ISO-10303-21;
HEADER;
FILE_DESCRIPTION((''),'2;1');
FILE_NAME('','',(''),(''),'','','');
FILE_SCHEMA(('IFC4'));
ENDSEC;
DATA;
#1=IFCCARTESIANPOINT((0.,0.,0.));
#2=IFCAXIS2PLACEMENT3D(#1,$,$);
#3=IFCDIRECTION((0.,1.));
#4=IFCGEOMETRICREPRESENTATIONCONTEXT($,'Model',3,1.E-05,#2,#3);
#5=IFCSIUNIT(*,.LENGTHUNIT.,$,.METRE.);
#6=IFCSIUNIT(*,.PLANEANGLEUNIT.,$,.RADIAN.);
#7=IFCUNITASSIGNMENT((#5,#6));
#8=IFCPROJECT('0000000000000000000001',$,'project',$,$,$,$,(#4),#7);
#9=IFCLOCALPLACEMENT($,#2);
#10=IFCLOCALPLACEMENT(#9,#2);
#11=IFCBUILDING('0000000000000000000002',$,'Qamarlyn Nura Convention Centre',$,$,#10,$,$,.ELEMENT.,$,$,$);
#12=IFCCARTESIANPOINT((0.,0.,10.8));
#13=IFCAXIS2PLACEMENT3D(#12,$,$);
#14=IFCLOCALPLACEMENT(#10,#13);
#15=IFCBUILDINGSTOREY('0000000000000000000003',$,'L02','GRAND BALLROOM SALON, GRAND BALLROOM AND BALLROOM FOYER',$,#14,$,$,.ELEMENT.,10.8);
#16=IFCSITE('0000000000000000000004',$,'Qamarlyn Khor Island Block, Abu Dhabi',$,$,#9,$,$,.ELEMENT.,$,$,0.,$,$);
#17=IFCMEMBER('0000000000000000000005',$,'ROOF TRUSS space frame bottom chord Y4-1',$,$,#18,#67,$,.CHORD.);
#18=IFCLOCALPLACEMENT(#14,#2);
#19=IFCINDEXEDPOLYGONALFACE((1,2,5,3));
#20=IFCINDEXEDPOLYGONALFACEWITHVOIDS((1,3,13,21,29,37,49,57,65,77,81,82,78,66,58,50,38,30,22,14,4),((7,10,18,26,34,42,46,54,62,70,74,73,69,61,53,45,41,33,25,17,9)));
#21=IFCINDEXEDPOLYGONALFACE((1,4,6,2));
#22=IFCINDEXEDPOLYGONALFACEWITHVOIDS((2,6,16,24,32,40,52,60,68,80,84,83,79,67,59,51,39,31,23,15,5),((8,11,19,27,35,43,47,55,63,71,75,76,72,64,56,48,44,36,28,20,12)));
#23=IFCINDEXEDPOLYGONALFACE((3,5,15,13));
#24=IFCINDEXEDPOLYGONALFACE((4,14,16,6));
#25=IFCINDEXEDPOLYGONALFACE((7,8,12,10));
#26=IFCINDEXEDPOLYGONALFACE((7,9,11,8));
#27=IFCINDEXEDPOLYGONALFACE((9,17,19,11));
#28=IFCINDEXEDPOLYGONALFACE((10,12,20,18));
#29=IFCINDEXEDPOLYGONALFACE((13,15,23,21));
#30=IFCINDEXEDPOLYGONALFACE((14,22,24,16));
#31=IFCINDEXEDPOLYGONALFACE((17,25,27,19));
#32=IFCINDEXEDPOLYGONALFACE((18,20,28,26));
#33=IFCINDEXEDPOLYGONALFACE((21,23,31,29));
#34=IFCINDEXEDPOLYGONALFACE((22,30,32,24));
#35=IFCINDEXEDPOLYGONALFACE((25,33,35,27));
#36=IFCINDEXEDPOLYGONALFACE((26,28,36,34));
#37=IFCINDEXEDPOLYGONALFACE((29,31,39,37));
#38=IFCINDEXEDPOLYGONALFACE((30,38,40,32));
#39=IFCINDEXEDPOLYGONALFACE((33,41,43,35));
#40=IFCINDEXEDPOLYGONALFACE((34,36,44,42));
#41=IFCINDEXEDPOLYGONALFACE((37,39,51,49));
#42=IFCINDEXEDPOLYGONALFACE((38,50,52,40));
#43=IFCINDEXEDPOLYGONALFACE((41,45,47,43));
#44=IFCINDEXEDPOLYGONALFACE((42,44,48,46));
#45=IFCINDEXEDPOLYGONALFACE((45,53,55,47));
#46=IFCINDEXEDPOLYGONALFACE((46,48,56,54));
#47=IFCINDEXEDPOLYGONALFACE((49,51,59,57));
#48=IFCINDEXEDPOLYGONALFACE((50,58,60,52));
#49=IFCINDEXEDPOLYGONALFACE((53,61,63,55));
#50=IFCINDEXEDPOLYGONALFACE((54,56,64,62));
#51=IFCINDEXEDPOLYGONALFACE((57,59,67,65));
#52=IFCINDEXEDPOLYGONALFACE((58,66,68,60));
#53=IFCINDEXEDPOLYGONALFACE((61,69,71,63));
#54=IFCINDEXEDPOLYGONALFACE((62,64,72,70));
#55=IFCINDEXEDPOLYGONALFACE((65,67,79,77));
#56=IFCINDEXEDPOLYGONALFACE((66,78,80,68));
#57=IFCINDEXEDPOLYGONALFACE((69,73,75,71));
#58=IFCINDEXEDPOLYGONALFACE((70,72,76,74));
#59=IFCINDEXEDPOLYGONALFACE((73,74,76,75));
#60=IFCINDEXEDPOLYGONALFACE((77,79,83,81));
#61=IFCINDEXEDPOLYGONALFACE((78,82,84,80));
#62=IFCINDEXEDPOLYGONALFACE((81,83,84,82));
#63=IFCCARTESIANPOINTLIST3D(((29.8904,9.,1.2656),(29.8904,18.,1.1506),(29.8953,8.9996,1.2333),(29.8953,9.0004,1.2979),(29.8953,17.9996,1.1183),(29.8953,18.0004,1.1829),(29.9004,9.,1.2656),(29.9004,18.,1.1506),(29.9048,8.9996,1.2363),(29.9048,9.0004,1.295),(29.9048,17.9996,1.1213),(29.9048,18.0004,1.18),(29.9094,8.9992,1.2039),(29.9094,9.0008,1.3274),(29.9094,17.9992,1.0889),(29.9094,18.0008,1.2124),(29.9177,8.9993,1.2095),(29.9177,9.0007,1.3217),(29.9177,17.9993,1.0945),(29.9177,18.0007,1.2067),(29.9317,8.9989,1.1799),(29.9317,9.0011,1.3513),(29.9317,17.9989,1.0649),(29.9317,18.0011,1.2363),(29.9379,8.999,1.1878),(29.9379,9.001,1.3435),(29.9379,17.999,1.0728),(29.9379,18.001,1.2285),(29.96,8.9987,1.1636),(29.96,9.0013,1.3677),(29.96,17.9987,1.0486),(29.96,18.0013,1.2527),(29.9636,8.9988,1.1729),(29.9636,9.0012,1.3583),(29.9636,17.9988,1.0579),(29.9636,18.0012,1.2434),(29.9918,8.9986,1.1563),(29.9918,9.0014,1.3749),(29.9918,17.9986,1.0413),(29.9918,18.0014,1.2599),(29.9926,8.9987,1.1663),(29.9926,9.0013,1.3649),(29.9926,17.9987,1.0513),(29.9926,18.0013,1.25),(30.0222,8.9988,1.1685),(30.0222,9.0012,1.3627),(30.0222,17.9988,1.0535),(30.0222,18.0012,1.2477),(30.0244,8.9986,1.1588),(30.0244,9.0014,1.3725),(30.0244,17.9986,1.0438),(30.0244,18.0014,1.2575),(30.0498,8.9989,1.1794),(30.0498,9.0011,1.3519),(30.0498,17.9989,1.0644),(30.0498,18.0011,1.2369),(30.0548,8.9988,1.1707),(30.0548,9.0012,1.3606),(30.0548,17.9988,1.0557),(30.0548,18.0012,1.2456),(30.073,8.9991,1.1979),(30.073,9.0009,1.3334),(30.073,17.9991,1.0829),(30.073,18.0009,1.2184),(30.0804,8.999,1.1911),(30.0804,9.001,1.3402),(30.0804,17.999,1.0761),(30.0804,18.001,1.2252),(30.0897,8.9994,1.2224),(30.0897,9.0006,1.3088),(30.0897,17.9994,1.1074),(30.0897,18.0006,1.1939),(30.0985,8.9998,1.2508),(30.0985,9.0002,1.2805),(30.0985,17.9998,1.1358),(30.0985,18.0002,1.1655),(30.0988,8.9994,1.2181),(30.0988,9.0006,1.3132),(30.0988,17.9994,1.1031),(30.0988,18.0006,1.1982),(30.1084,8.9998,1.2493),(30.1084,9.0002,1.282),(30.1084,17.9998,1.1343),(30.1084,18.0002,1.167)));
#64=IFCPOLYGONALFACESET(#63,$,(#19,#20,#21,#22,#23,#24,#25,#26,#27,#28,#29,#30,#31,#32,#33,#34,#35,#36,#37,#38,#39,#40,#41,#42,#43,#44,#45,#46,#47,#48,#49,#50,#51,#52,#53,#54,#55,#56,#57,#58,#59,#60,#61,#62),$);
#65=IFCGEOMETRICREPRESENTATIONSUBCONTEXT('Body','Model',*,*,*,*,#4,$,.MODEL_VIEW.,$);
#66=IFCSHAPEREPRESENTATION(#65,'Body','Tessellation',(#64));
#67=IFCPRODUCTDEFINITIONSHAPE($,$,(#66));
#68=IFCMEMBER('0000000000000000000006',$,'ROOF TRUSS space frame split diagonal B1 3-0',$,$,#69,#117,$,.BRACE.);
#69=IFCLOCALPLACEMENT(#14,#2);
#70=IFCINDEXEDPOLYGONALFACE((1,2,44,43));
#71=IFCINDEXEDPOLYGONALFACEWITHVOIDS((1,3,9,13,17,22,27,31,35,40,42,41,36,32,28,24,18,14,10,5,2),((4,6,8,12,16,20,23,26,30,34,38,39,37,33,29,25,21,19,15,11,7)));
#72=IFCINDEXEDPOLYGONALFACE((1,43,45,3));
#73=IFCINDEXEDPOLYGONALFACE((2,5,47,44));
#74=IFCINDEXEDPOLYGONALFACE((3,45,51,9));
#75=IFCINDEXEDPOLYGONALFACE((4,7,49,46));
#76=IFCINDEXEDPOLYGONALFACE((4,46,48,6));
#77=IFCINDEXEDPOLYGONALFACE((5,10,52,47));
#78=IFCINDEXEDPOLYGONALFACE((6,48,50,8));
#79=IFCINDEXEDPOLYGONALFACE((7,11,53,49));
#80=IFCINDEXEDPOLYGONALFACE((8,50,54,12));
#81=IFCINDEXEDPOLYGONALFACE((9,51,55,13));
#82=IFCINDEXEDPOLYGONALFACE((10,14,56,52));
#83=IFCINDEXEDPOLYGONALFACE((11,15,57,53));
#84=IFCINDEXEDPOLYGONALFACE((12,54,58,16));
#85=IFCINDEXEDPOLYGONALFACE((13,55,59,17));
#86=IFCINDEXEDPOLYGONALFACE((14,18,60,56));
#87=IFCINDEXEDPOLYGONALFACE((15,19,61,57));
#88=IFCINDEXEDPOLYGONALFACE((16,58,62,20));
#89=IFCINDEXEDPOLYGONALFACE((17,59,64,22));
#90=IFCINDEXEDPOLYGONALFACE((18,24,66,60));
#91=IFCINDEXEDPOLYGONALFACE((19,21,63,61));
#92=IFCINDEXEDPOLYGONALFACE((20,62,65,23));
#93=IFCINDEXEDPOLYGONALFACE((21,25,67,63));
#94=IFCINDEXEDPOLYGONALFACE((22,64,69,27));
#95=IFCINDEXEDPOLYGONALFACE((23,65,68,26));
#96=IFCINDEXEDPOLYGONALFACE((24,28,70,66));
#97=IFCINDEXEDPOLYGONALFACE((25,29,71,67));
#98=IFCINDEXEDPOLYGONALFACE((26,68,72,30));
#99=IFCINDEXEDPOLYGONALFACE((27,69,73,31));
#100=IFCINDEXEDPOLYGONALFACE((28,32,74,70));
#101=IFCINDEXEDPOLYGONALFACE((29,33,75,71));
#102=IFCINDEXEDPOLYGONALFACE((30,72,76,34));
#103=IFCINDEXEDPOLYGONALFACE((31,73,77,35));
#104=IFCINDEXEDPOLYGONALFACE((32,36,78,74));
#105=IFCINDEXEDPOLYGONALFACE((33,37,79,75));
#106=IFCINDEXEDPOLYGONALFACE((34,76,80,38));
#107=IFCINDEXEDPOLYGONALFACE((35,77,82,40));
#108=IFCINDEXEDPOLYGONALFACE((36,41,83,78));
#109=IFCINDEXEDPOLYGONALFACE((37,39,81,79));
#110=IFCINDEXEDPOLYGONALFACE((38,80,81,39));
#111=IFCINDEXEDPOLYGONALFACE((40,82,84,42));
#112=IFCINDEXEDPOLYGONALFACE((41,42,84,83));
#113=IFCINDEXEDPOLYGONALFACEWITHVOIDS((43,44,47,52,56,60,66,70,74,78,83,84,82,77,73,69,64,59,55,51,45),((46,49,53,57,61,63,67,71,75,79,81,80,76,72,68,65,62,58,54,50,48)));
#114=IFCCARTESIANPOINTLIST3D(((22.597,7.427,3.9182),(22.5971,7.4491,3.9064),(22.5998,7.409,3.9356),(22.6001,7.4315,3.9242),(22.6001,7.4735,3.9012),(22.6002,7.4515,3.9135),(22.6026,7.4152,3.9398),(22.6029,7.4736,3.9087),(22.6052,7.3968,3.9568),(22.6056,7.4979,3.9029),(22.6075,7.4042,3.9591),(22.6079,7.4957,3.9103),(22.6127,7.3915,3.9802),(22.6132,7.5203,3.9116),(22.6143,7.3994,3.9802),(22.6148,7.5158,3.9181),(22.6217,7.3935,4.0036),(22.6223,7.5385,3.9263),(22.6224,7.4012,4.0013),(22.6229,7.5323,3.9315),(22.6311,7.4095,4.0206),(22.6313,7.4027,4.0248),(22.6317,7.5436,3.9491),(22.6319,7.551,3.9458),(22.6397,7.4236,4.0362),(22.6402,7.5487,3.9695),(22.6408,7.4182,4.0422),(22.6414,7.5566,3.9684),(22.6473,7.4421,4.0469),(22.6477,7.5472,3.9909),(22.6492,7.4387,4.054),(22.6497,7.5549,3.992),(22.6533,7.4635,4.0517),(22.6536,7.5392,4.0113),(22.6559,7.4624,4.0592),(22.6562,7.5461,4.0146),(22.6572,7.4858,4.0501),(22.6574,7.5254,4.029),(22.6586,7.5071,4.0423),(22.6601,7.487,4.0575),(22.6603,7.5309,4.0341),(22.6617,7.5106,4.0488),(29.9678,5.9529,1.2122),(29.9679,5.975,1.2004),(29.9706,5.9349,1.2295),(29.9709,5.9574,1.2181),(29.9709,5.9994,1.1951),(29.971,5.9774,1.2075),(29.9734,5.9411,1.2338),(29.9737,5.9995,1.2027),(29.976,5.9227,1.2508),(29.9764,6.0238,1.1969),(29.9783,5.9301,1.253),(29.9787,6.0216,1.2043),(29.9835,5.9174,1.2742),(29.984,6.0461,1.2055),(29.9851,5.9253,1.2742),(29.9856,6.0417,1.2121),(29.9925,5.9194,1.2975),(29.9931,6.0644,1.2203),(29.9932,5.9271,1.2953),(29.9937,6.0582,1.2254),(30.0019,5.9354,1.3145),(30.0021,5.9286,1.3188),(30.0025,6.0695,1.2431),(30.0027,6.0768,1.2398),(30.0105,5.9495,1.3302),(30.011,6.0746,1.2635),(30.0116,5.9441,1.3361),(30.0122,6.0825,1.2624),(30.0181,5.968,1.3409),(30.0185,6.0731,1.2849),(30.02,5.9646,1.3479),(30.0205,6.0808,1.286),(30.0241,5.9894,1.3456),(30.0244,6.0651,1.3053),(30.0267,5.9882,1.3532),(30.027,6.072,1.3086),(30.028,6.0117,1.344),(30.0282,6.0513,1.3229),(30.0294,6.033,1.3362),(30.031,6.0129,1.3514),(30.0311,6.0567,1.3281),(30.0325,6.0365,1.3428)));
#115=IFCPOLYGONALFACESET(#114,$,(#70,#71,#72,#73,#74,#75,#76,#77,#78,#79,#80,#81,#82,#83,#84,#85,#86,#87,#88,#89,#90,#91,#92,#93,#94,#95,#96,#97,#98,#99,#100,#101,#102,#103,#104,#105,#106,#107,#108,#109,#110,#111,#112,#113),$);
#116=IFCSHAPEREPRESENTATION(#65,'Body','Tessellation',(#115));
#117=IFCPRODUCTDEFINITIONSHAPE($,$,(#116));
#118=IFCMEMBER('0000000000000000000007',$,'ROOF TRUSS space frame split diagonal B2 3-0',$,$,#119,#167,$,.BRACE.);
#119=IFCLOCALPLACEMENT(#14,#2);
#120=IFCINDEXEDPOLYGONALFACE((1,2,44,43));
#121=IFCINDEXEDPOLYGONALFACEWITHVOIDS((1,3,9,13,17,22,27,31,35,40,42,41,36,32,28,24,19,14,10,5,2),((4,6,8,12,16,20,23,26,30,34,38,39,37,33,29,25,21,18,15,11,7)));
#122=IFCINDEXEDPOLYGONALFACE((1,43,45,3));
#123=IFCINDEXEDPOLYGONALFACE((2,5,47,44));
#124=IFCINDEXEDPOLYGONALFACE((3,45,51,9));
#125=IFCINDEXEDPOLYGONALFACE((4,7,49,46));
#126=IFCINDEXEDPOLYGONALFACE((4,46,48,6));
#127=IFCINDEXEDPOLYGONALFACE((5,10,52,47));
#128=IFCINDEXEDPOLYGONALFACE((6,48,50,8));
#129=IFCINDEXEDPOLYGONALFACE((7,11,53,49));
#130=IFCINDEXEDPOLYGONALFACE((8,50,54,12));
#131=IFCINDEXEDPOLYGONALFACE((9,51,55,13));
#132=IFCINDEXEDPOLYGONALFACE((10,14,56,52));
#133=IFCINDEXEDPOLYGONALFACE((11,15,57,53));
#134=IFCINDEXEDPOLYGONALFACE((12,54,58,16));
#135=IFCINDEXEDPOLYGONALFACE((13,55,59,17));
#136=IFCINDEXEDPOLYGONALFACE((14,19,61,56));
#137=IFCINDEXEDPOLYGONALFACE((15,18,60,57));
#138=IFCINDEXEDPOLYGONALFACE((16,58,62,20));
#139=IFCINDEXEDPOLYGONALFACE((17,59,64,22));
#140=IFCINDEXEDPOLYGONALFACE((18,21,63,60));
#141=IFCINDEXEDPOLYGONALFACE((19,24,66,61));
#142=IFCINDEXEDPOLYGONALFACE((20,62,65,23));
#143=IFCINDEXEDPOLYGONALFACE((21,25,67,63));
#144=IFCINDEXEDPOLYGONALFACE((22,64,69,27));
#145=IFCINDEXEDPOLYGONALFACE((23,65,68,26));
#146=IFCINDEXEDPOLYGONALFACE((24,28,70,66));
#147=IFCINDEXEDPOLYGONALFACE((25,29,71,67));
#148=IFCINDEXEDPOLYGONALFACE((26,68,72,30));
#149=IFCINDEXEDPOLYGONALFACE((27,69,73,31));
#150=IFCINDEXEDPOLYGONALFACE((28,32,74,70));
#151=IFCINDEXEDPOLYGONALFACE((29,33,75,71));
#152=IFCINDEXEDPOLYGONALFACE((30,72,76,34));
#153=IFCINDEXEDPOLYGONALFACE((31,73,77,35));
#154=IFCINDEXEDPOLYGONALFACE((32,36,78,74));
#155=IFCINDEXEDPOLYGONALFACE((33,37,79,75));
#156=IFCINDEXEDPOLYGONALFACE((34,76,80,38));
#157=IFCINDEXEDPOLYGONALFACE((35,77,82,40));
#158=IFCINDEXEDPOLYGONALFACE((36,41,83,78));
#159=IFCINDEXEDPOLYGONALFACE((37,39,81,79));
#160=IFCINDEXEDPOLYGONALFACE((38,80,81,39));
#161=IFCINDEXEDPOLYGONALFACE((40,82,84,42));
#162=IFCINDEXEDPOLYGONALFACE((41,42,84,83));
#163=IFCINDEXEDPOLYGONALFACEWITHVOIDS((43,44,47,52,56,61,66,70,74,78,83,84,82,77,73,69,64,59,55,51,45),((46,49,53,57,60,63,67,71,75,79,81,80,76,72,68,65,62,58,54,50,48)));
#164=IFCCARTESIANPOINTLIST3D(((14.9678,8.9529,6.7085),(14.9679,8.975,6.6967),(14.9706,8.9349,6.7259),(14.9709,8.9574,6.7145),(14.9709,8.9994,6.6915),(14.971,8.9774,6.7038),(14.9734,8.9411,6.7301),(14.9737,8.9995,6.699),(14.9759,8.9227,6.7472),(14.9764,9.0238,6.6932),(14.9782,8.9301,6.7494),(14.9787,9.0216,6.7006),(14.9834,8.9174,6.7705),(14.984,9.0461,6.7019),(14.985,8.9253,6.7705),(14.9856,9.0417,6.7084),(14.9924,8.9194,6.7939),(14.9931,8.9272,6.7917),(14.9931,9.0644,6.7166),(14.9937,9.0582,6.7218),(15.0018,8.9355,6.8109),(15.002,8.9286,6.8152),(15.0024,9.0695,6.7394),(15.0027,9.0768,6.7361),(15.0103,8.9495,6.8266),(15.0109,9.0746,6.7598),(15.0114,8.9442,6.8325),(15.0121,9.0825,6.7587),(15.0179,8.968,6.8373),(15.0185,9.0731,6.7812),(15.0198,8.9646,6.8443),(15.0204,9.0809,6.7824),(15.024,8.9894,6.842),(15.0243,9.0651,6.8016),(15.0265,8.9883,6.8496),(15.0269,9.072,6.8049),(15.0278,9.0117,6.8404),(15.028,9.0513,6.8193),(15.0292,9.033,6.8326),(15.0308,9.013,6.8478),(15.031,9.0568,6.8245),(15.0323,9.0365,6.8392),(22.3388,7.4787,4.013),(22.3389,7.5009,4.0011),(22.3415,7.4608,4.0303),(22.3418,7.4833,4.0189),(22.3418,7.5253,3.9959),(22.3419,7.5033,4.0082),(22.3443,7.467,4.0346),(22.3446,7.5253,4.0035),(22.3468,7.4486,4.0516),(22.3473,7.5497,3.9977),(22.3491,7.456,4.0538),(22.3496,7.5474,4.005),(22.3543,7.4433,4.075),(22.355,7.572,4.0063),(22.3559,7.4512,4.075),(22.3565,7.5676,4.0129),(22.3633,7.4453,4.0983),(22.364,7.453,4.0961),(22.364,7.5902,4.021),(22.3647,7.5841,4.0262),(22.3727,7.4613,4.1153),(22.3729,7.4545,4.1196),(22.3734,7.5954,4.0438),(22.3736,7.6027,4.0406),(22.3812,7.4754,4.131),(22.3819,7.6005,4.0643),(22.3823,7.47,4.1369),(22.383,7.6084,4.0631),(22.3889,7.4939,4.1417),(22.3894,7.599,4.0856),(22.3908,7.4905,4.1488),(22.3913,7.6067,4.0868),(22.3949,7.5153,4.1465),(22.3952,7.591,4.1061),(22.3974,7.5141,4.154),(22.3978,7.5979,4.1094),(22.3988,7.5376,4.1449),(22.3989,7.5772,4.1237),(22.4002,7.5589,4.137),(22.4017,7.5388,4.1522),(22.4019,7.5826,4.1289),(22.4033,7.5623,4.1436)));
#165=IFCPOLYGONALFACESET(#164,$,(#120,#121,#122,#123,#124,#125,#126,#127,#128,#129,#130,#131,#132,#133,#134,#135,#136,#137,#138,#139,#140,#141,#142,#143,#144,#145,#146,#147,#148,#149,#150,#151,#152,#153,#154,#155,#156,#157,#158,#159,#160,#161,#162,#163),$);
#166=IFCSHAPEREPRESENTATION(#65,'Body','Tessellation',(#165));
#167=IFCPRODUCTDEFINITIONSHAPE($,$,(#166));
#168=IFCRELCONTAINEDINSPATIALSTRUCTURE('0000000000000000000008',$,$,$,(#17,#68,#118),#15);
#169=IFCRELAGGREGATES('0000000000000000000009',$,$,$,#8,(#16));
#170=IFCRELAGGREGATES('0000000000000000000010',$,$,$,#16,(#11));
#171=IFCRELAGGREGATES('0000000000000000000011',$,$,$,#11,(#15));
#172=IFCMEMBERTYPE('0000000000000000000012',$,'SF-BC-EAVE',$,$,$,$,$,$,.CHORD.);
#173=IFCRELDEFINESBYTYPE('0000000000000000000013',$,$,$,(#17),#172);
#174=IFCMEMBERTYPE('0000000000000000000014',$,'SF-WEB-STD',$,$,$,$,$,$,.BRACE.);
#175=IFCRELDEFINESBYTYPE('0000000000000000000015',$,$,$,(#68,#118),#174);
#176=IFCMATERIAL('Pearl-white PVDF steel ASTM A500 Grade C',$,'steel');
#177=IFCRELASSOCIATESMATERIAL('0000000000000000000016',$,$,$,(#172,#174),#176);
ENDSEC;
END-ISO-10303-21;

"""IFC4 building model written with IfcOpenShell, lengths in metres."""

from ifc_helpers import new_model, si_unit, direction, frame, origin, origin_2d, place, context, subcontext, project, spatial, hollow_circle, extrude, material, material_profile, profile_set, type_object, element, save


model = new_model("IFC4")

# Units and contexts
model_context = context("Model", 3, precision=1e-05, world=origin(), true_north=direction((0.0, 1.0)))
body_context = subcontext(model_context, "Body", "Model", "MODEL_VIEW")
ifc_project = project(units=[si_unit("LENGTHUNIT", "METRE"), si_unit("PLANEANGLEUNIT", "RADIAN")], contexts=[model_context])

# Site, building, storey
site_placement = place(None, origin())
site = spatial("IfcSite", under=ifc_project, at=site_placement, Name="Qamarlyn Khor Island Block, Abu Dhabi", CompositionType="ELEMENT", RefElevation=0.0)
building_placement = place(site_placement, origin())
building = spatial("IfcBuilding", under=site, at=building_placement, Name="Qamarlyn Nura Convention Centre", CompositionType="ELEMENT")
storey_placement = place(building_placement, frame((0.0, 0.0, 10.8)))
storey = spatial("IfcBuildingStorey", under=building, at=storey_placement, Name="L02", Description="GRAND BALLROOM SALON, GRAND BALLROOM AND BALLROOM FOYER", CompositionType="ELEMENT", Elevation=10.8)

# Members
ifc_material_1 = material(Name="Pearl-white PVDF steel ASTM A500 Grade C", Category="steel")
ifc_material_profile_1 = material_profile(ifc_material_1, hollow_circle(Radius=0.1096, WallThickness=0.01, at=origin_2d()), Name="CHS219.1X10")
ifc_profile_set_1 = profile_set([ifc_material_profile_1], Name="Pearl-white PVDF steel ASTM A500 Grade C")
member_type_1 = type_object("IfcMemberType", Name="SF-BC-EAVE", PredefinedType="CHORD", material=ifc_profile_set_1)
member_1_placement = place(storey_placement, frame((30.0, 9.0, 1.2656), z_axis=(0.0, 0.999918, -0.012776), x_axis=(-1.0, 0.0, 0.0)))
element("IfcMember", 1, at=member_1_placement, inside=storey, type_object=member_type_1, Name="ROOF TRUSS space frame bottom chord Y4-1", PredefinedType="CHORD", context=body_context, shape_type="SweptSolid", body=[
    extrude(hollow_circle(Radius=0.1096, WallThickness=0.01, at=origin_2d()), origin(), (0.0, 0.0, 1.0), 9.0007),
])
ifc_material_profile_2 = material_profile(ifc_material_1, hollow_circle(Radius=0.0842, WallThickness=0.0081, at=origin_2d()), Name="CHS168.3X8")
ifc_profile_set_2 = profile_set([ifc_material_profile_2], Name="Pearl-white PVDF steel ASTM A500 Grade C")
member_type_2 = type_object("IfcMemberType", Name="SF-WEB-STD", PredefinedType="BRACE", material=ifc_profile_set_2)
member_2_placement = place(storey_placement, frame((30.0, 6.0, 1.2742), z_axis=(-0.922617, 0.184517, 0.33872), x_axis=(-0.19611, -0.980582, 0.0)))
element("IfcMember", 2, at=member_2_placement, inside=storey, type_object=member_type_2, Name="ROOF TRUSS space frame split diagonal B1 3-0", PredefinedType="BRACE", context=body_context, shape_type="SweptSolid", body=[
    extrude(hollow_circle(Radius=0.0842, WallThickness=0.0081, at=origin_2d()), origin(), (0.0, 0.0, 1.0), 7.989),
])
member_3_placement = place(storey_placement, frame((22.3708, 7.5259, 4.075), z_axis=(-0.923027, 0.184599, 0.337556), x_axis=(-0.19611, -0.980582, 0.0)))
element("IfcMember", 3, at=member_3_placement, inside=storey, type_object=member_type_2, Name="ROOF TRUSS space frame split diagonal B2 3-0", PredefinedType="BRACE", context=body_context, shape_type="SweptSolid", body=[
    extrude(hollow_circle(Radius=0.0842, WallThickness=0.0081, at=origin_2d()), origin(), (0.0, 0.0, 1.0), 7.9856),
])

save(model, "model.ifc")
